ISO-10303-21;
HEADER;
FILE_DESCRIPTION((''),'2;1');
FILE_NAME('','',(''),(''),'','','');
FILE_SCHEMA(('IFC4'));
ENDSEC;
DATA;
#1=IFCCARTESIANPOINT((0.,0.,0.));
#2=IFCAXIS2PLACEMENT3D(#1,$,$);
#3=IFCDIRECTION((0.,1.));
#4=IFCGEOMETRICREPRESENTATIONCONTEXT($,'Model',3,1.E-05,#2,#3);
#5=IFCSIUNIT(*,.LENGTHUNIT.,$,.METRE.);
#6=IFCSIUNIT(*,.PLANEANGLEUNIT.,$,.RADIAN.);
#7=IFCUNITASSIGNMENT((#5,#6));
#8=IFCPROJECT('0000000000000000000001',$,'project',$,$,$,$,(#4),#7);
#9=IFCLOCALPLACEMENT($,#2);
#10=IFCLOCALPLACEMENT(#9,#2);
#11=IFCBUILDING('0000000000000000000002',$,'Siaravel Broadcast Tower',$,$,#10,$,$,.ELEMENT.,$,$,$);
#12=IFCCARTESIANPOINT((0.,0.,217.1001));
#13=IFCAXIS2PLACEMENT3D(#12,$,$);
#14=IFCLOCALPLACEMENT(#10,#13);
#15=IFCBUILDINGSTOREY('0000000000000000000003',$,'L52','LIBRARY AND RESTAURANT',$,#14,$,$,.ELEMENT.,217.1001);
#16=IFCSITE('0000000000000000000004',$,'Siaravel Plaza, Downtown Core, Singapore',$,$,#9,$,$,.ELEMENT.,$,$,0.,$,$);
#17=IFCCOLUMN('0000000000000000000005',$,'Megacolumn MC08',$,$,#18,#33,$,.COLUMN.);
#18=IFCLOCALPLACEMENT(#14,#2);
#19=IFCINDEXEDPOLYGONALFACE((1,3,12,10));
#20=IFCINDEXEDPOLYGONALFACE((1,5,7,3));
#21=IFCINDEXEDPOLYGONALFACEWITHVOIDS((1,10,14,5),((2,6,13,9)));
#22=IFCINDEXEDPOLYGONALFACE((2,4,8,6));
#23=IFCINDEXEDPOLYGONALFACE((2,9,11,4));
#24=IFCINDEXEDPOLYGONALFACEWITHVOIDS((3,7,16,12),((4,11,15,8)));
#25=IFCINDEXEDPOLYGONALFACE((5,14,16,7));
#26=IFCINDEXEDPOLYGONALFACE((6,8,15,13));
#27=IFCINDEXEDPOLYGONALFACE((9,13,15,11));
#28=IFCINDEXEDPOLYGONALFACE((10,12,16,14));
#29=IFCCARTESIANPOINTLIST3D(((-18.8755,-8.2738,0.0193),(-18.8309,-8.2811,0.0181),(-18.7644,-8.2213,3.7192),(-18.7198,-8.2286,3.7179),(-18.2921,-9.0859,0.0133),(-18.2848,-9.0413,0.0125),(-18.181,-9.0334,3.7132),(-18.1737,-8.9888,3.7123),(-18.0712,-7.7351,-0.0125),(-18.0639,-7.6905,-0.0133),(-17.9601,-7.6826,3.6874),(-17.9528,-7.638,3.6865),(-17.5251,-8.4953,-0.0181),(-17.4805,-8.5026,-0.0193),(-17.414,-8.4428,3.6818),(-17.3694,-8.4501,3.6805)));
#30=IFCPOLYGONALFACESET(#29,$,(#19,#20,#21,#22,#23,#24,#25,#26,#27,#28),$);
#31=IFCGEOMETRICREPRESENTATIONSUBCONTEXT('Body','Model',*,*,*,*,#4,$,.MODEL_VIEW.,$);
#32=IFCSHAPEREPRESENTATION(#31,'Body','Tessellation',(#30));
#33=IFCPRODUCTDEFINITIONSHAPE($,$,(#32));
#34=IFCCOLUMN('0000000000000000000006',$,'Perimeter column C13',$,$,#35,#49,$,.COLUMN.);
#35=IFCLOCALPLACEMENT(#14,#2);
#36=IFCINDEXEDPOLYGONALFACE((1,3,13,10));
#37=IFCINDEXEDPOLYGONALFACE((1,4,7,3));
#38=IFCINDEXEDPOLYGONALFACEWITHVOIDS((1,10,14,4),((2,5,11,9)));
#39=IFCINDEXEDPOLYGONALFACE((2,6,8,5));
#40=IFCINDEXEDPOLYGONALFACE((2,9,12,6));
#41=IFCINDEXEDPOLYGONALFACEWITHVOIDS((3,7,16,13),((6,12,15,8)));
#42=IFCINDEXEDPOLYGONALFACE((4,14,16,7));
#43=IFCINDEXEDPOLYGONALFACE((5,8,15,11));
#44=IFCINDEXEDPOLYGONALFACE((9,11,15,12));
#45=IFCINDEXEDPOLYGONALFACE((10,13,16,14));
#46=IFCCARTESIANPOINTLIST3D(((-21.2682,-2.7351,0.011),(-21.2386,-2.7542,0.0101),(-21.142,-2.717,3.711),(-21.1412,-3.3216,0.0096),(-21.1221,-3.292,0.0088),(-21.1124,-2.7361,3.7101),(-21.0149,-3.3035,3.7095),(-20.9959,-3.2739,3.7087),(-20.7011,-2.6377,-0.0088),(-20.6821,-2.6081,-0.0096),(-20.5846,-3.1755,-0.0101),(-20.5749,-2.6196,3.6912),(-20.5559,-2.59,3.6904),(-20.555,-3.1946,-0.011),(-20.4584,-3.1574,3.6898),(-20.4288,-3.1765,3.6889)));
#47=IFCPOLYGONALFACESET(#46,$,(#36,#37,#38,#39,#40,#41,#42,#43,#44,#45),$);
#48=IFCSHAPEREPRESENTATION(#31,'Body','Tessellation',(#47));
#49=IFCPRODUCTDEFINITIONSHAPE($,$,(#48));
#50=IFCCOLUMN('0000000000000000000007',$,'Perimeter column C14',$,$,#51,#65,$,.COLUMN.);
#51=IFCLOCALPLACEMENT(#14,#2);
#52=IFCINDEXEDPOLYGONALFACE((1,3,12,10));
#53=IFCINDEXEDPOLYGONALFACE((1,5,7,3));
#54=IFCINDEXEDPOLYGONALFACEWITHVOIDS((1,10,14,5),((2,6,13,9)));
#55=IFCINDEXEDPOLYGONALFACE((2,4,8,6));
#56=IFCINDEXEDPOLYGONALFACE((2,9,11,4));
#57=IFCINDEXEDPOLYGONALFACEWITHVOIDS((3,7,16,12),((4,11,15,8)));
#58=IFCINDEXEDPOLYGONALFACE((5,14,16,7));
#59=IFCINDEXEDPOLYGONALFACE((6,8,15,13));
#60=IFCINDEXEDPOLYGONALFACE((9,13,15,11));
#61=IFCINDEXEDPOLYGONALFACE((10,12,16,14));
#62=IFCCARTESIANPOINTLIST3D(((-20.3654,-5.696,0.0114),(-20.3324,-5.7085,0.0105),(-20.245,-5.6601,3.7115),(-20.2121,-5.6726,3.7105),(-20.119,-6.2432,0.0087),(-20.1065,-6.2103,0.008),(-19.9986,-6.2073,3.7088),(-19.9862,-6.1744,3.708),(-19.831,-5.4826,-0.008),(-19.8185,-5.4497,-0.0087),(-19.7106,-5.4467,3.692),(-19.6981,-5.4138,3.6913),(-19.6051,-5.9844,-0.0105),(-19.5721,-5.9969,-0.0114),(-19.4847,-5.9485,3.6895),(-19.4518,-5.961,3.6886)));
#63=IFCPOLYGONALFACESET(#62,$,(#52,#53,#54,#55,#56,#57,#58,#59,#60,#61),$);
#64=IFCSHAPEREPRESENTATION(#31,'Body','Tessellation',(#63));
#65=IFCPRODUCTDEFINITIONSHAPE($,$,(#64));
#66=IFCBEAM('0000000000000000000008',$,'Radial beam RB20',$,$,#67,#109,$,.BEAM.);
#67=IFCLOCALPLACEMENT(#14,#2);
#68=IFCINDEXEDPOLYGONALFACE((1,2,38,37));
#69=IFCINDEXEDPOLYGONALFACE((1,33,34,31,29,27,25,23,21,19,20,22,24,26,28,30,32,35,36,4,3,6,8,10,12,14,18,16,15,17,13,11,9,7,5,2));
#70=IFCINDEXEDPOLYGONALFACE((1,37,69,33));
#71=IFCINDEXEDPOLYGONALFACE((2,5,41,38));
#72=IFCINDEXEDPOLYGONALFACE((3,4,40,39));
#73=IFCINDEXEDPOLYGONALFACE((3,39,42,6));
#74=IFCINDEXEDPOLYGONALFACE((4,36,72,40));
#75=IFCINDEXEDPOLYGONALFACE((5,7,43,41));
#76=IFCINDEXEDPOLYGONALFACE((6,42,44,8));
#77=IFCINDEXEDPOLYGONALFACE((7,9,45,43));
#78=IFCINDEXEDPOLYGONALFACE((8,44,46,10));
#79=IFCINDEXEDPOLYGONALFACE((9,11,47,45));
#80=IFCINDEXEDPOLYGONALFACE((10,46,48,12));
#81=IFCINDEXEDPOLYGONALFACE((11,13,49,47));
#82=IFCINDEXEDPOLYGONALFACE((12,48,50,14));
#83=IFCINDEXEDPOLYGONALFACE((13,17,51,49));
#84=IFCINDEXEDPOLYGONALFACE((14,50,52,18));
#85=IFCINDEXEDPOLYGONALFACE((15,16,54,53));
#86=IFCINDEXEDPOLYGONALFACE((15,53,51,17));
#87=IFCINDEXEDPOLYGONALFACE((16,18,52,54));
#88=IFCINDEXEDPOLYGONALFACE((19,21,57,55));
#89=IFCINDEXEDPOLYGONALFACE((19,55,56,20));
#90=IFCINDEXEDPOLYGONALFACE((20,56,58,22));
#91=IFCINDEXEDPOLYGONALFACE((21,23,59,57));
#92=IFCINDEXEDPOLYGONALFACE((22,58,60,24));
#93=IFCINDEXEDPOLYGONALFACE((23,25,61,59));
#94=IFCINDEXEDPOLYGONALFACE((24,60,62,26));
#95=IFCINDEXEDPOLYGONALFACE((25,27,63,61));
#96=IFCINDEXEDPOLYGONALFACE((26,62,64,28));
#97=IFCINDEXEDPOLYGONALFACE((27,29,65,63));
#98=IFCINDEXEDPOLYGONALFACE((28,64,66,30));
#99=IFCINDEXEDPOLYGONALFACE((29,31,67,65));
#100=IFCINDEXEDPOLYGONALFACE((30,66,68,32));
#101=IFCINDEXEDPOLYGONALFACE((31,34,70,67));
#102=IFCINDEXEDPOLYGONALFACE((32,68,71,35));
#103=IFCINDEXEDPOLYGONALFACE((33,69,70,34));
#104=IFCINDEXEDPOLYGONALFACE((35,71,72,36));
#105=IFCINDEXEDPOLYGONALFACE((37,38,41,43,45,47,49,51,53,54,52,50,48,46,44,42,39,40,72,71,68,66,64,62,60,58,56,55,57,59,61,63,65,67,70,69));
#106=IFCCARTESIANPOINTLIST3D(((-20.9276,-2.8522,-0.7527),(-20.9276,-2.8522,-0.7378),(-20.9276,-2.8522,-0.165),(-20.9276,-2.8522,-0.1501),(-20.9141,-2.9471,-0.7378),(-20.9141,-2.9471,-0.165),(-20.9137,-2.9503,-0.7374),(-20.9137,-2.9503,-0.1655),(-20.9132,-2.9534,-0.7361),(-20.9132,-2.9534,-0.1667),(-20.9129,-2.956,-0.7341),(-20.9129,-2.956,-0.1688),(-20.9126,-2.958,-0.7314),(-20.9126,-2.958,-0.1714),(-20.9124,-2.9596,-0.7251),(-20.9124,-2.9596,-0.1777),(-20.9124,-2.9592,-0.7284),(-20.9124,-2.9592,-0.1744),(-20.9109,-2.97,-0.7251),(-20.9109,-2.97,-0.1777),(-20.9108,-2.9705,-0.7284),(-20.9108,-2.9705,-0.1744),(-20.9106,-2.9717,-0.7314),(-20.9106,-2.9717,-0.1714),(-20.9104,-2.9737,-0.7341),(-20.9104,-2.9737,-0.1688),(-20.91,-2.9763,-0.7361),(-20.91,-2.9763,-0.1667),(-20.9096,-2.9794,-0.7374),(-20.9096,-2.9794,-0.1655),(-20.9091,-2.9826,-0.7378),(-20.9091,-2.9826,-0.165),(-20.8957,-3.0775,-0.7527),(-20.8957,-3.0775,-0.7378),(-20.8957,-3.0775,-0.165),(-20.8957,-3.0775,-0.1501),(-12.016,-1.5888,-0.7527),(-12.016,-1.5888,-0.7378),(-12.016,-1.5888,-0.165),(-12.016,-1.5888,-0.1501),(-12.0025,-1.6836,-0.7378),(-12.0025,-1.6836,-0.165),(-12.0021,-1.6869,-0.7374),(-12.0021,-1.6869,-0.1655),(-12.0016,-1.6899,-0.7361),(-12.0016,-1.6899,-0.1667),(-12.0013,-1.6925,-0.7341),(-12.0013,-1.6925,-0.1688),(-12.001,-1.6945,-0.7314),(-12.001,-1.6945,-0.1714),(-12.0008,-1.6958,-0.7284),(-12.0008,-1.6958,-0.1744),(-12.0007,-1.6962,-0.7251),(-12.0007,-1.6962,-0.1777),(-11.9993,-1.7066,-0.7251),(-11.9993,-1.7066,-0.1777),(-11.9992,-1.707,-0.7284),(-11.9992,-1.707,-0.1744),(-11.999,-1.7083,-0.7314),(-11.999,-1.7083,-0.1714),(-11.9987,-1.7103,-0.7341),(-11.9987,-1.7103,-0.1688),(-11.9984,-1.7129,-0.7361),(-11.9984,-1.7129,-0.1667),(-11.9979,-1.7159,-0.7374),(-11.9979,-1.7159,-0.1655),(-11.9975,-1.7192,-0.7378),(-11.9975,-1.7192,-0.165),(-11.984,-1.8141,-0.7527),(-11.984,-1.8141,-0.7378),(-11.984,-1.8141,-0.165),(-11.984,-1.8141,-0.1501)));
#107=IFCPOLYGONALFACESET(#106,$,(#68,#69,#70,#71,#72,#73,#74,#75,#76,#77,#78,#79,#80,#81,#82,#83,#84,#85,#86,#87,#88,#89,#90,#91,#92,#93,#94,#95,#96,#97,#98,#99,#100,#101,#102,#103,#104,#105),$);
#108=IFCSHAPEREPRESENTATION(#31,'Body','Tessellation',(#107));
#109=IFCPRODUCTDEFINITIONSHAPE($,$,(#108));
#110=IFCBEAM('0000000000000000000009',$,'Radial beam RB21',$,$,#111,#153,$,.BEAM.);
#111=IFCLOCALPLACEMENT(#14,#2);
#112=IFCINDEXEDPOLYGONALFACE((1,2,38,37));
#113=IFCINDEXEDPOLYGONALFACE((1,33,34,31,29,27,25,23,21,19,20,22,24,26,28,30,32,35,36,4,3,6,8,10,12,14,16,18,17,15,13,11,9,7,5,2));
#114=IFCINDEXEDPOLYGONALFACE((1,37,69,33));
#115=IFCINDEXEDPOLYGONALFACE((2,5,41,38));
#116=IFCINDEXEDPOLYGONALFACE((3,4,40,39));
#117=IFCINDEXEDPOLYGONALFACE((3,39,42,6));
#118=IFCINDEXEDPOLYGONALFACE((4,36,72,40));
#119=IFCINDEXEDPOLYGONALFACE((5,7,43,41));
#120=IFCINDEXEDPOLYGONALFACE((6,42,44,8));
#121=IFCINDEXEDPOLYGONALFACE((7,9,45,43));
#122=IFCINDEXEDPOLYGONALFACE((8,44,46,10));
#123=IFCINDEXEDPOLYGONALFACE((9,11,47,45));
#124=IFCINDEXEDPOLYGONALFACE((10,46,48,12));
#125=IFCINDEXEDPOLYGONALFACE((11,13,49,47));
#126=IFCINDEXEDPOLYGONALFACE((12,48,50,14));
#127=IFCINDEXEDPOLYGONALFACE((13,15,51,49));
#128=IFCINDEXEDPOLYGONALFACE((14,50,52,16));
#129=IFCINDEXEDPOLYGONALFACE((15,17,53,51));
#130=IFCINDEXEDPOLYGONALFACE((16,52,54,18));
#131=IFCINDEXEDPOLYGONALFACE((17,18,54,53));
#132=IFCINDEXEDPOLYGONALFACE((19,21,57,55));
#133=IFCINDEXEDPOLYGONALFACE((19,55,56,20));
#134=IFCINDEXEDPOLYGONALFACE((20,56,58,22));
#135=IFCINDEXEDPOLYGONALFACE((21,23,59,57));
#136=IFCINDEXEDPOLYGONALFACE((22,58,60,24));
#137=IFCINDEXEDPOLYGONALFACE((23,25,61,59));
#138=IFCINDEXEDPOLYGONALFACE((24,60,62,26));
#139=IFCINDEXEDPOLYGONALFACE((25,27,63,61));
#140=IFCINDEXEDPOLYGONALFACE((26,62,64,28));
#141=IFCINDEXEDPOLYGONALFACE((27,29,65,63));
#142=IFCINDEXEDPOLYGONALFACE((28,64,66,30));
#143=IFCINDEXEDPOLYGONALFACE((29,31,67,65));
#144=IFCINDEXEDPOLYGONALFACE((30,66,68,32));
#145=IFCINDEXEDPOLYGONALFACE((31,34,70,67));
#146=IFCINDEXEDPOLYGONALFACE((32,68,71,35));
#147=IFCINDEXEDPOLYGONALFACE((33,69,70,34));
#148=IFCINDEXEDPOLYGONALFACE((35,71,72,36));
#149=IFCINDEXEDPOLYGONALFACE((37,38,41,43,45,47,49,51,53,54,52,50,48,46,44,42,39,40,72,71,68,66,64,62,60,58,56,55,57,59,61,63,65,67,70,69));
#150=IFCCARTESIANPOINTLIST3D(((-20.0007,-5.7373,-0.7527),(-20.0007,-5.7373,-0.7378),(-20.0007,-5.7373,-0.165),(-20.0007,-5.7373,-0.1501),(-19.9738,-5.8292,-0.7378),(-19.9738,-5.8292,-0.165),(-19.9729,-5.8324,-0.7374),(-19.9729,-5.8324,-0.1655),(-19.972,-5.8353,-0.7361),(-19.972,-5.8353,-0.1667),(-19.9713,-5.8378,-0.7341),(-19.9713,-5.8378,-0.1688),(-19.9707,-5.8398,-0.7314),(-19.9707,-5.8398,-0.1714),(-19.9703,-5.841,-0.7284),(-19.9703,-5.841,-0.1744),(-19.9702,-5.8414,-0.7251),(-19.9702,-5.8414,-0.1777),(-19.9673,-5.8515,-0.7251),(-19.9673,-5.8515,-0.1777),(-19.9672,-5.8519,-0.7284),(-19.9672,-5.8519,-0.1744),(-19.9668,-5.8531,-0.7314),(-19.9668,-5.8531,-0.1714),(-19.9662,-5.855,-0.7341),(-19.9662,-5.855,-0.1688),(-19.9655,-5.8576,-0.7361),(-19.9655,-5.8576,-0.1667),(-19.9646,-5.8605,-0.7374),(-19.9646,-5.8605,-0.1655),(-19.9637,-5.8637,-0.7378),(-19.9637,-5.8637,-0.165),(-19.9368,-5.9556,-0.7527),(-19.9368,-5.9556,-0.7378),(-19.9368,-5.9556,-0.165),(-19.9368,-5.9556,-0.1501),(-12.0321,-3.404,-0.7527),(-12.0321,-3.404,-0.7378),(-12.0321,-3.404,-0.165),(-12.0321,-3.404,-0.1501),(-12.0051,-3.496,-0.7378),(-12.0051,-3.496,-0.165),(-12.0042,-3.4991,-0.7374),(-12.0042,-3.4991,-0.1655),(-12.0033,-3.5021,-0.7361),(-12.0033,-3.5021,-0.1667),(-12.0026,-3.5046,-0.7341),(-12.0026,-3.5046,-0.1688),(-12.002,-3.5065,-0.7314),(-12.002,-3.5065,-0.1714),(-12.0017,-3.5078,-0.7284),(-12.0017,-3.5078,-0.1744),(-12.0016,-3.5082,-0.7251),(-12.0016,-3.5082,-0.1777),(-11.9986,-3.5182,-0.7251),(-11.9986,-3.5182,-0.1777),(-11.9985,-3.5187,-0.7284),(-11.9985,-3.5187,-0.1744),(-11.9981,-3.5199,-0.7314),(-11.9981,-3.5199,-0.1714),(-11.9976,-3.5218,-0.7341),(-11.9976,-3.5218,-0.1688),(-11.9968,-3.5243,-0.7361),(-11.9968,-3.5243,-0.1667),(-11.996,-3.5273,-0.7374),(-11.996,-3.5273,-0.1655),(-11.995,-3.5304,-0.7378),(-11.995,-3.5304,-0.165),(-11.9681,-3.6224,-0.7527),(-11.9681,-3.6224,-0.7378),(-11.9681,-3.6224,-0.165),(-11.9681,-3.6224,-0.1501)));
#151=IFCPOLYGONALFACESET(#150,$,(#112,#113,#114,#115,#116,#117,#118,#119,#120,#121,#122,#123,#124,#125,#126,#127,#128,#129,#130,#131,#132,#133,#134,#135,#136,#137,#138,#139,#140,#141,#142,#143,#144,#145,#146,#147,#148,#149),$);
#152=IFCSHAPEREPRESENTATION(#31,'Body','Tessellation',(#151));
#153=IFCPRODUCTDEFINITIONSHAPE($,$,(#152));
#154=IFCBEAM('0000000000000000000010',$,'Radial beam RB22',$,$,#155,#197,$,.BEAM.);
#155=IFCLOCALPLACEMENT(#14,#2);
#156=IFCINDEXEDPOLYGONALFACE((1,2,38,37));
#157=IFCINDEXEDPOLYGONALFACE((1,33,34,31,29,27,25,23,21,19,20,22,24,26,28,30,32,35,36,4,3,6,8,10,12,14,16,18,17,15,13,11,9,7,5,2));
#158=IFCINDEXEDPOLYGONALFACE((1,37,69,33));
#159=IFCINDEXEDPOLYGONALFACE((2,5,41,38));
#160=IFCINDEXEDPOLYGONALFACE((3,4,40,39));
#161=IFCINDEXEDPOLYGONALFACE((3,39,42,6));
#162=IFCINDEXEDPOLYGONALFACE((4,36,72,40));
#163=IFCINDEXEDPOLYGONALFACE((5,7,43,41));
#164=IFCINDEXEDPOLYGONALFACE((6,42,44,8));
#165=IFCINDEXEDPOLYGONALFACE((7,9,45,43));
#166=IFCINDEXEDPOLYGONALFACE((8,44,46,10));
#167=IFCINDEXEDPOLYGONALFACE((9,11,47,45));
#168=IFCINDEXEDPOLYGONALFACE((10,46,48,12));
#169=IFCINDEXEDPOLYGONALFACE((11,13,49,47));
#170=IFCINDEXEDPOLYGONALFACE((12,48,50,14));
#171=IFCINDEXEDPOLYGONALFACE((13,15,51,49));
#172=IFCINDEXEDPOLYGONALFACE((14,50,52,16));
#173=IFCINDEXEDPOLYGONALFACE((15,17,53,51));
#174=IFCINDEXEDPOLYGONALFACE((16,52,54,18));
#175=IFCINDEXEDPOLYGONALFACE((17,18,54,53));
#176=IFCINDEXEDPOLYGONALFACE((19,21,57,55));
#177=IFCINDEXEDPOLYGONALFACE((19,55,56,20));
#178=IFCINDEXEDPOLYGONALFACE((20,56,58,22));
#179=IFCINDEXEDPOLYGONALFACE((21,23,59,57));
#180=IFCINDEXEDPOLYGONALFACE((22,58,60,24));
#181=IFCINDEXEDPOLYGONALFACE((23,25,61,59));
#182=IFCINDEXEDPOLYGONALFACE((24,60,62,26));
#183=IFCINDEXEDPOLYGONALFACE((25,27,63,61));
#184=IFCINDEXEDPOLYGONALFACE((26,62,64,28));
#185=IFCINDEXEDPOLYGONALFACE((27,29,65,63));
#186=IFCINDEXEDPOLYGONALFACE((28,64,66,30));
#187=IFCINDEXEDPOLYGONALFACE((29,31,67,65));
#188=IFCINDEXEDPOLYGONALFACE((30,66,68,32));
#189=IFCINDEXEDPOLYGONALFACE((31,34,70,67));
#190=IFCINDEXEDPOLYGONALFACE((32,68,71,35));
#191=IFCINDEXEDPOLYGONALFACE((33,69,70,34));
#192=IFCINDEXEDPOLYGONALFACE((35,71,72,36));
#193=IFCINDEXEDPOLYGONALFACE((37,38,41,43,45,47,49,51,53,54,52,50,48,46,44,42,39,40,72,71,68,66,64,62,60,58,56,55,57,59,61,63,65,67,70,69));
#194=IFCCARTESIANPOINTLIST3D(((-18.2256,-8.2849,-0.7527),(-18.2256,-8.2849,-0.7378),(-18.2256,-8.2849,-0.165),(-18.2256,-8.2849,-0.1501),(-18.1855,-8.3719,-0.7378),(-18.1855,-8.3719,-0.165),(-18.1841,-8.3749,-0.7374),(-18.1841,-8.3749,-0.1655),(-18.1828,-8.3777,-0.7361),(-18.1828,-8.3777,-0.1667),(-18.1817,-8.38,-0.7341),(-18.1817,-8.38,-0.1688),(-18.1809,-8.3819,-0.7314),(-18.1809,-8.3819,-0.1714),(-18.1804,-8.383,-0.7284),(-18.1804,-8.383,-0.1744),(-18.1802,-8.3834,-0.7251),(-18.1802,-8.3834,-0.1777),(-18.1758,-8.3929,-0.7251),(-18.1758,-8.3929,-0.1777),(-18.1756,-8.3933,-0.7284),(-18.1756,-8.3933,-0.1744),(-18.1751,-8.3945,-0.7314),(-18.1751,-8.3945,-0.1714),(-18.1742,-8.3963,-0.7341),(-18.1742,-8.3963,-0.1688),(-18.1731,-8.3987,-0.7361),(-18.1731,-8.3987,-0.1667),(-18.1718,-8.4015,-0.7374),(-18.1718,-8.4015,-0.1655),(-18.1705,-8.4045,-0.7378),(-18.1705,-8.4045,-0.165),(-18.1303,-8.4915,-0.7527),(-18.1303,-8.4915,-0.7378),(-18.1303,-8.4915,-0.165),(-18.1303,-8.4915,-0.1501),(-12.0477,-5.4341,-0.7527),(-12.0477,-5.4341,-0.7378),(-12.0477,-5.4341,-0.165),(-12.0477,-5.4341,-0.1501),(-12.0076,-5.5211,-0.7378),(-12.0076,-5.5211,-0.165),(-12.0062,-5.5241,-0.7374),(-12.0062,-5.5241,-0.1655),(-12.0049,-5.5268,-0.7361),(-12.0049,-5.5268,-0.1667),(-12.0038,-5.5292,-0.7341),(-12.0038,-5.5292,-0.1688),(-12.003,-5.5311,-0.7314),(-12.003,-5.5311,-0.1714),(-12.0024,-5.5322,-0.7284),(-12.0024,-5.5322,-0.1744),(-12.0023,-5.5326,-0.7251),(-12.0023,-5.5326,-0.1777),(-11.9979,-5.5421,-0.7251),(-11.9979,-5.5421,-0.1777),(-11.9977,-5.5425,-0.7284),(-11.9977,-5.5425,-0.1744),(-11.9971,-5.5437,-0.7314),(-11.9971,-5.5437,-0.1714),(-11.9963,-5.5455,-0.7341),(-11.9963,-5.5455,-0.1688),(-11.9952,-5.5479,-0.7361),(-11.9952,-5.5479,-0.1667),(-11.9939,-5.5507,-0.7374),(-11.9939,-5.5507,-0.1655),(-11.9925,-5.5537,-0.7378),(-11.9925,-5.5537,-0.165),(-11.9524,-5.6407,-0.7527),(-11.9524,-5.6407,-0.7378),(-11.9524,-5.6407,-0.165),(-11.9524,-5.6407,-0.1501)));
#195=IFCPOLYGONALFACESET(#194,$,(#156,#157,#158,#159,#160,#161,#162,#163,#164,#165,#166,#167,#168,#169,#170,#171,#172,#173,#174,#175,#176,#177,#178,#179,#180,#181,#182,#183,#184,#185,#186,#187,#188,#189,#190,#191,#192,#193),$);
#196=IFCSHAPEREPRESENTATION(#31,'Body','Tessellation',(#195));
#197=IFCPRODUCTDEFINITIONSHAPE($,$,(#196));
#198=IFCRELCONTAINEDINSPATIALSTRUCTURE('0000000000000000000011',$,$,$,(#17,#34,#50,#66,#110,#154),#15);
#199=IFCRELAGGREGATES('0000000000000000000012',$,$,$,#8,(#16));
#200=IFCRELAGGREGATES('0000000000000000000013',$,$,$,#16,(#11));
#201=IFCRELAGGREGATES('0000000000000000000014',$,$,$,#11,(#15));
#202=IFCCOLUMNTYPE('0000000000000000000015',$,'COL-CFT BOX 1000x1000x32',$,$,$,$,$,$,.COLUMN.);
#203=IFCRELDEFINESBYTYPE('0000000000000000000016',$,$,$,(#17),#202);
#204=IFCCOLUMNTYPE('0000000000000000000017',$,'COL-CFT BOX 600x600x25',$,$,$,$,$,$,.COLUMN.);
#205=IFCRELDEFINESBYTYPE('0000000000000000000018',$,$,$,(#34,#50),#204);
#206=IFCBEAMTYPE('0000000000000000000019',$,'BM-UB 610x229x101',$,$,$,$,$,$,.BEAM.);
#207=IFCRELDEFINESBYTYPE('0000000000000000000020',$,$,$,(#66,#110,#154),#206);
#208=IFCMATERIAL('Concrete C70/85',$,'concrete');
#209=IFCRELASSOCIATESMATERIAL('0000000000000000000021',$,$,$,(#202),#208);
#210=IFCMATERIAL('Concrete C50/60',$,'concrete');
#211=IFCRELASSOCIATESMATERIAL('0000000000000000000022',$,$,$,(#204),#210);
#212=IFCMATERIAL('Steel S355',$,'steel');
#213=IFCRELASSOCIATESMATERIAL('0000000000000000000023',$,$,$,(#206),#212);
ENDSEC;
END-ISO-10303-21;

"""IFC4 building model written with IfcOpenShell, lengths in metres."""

from ifc_helpers import new_model, si_unit, direction, frame, origin, origin_2d, place, context, subcontext, project, spatial, hollow_rectangle, i_section, extrude, material, material_profile, profile_set, type_object, element, save


model = new_model("IFC4")

# Units and contexts
model_context = context("Model", 3, precision=1e-05, world=origin(), true_north=direction((0.0, 1.0)))
body_context = subcontext(model_context, "Body", "Model", "MODEL_VIEW")
ifc_project = project(units=[si_unit("LENGTHUNIT", "METRE"), si_unit("PLANEANGLEUNIT", "RADIAN")], contexts=[model_context])

# Site, building, storey
site_placement = place(None, origin())
site = spatial("IfcSite", under=ifc_project, at=site_placement, Name="Siaravel Plaza, Downtown Core, Singapore", CompositionType="ELEMENT", RefElevation=0.0)
building_placement = place(site_placement, origin())
building = spatial("IfcBuilding", under=site, at=building_placement, Name="Siaravel Broadcast Tower", CompositionType="ELEMENT")
storey_placement = place(building_placement, frame((0.0, 0.0, 217.1001)))
storey = spatial("IfcBuildingStorey", under=building, at=storey_placement, Name="L52", Description="LIBRARY AND RESTAURANT", CompositionType="ELEMENT", Elevation=217.1001)

# Columns
ifc_material_1 = material(Name="Concrete C70/85", Category="concrete")
ifc_material_profile_1 = material_profile(ifc_material_1, hollow_rectangle(XDim=1.0, YDim=1.0, WallThickness=0.032, at=origin_2d()))
ifc_profile_set_1 = profile_set([ifc_material_profile_1], Name="Concrete C70/85")
column_type_1 = type_object("IfcColumnType", Name="COL-CFT BOX 1000x1000x32", PredefinedType="COLUMN", material=ifc_profile_set_1)
column_placement = place(storey_placement, frame((-18.178, -8.3882, 0.0), z_axis=(0.030007, 0.014179, 0.999449), x_axis=(-0.583437, 0.812136, 0.005995)))
element("IfcColumn", 1, at=column_placement, inside=storey, type_object=column_type_1, Name="Megacolumn MC08", PredefinedType="COLUMN", context=body_context, shape_type="SweptSolid", body=[
    extrude(hollow_rectangle(XDim=1.0, YDim=1.0, WallThickness=0.032, at=origin_2d()), origin(), (0.0, 0.0, 1.0), 3.7019),
])
ifc_material_2 = material(Name="Concrete C50/60", Category="concrete")
ifc_material_profile_2 = material_profile(ifc_material_2, hollow_rectangle(XDim=0.6001, YDim=0.6001, WallThickness=0.0249, at=origin_2d()))
ifc_profile_set_2 = profile_set([ifc_material_profile_2], Name="Concrete C50/60")
column_type_2 = type_object("IfcColumnType", Name="COL-CFT BOX 600x600x25", PredefinedType="COLUMN", material=ifc_profile_set_2)
for number, where, z_axis, x_axis, name in (
    (2, (-20.9116, -2.9648, 0.0), (0.034094, 0.00488, 0.999407), (-0.211703, 0.977331, 0.00245), "Perimeter column C13"),
    (3, (-19.9688, -5.8464, 0.0), (0.032512, 0.009694, 0.999424), (-0.410522, 0.91184, 0.00451), "Perimeter column C14"),
):
    element("IfcColumn", number, at=place(storey_placement, frame(where, z_axis=z_axis, x_axis=x_axis)), inside=storey, type_object=column_type_2, Name=name, PredefinedType="COLUMN", context=body_context, shape_type="SweptSolid", body=[
        extrude(hollow_rectangle(XDim=0.6001, YDim=0.6001, WallThickness=0.0249, at=origin_2d()), origin(), (0.0, 0.0, 1.0), 3.7021),
    ])

# Beams
ifc_material_3 = material(Name="Steel S355", Category="steel")
ifc_material_profile_3 = material_profile(ifc_material_3, i_section(OverallWidth=0.2275, OverallDepth=0.6025, WebThickness=0.0105, FlangeThickness=0.0149, FilletRadius=0.0127, at=origin_2d()))
ifc_profile_set_3 = profile_set([ifc_material_profile_3], Name="Steel S355")
beam_type = type_object("IfcBeamType", Name="BM-UB 610x229x101", PredefinedType="BEAM", material=ifc_profile_set_3)
beam_1_placement = place(storey_placement, frame((-20.9116, -2.9648, -0.4514), z_axis=(0.990099, 0.140369, 0.0), x_axis=(-0.140369, 0.990099, 0.0)))
element("IfcBeam", 4, at=beam_1_placement, inside=storey, type_object=beam_type, Name="Radial beam RB20", PredefinedType="BEAM", context=body_context, shape_type="SweptSolid", body=[
    extrude(i_section(OverallWidth=0.2275, OverallDepth=0.6025, WebThickness=0.0105, FlangeThickness=0.0149, FilletRadius=0.0127, at=origin_2d()), origin(), (0.0, 0.0, 1.0), 9.0007),
])
beam_2_placement = place(storey_placement, frame((-19.9688, -5.8464, -0.4514), z_axis=(0.959707, 0.281002, 0.0), x_axis=(-0.281002, 0.959707, 0.0)))
element("IfcBeam", 5, at=beam_2_placement, inside=storey, type_object=beam_type, Name="Radial beam RB21", PredefinedType="BEAM", context=body_context, shape_type="SweptSolid", body=[
    extrude(i_section(OverallWidth=0.2275, OverallDepth=0.6025, WebThickness=0.0105, FlangeThickness=0.0149, FilletRadius=0.0127, at=origin_2d()), origin(), (0.0, 0.0, 1.0), 8.3032),
])
beam_3_placement = place(storey_placement, frame((-18.178, -8.3882, -0.4514), z_axis=(0.90799, 0.418992, 0.0), x_axis=(-0.418992, 0.90799, 0.0)))
element("IfcBeam", 6, at=beam_3_placement, inside=storey, type_object=beam_type, Name="Radial beam RB22", PredefinedType="BEAM", context=body_context, shape_type="SweptSolid", body=[
    extrude(i_section(OverallWidth=0.2275, OverallDepth=0.6025, WebThickness=0.0105, FlangeThickness=0.0149, FilletRadius=0.0127, at=origin_2d()), origin(), (0.0, 0.0, 1.0), 6.804),
])

save(model, "model.ifc")
